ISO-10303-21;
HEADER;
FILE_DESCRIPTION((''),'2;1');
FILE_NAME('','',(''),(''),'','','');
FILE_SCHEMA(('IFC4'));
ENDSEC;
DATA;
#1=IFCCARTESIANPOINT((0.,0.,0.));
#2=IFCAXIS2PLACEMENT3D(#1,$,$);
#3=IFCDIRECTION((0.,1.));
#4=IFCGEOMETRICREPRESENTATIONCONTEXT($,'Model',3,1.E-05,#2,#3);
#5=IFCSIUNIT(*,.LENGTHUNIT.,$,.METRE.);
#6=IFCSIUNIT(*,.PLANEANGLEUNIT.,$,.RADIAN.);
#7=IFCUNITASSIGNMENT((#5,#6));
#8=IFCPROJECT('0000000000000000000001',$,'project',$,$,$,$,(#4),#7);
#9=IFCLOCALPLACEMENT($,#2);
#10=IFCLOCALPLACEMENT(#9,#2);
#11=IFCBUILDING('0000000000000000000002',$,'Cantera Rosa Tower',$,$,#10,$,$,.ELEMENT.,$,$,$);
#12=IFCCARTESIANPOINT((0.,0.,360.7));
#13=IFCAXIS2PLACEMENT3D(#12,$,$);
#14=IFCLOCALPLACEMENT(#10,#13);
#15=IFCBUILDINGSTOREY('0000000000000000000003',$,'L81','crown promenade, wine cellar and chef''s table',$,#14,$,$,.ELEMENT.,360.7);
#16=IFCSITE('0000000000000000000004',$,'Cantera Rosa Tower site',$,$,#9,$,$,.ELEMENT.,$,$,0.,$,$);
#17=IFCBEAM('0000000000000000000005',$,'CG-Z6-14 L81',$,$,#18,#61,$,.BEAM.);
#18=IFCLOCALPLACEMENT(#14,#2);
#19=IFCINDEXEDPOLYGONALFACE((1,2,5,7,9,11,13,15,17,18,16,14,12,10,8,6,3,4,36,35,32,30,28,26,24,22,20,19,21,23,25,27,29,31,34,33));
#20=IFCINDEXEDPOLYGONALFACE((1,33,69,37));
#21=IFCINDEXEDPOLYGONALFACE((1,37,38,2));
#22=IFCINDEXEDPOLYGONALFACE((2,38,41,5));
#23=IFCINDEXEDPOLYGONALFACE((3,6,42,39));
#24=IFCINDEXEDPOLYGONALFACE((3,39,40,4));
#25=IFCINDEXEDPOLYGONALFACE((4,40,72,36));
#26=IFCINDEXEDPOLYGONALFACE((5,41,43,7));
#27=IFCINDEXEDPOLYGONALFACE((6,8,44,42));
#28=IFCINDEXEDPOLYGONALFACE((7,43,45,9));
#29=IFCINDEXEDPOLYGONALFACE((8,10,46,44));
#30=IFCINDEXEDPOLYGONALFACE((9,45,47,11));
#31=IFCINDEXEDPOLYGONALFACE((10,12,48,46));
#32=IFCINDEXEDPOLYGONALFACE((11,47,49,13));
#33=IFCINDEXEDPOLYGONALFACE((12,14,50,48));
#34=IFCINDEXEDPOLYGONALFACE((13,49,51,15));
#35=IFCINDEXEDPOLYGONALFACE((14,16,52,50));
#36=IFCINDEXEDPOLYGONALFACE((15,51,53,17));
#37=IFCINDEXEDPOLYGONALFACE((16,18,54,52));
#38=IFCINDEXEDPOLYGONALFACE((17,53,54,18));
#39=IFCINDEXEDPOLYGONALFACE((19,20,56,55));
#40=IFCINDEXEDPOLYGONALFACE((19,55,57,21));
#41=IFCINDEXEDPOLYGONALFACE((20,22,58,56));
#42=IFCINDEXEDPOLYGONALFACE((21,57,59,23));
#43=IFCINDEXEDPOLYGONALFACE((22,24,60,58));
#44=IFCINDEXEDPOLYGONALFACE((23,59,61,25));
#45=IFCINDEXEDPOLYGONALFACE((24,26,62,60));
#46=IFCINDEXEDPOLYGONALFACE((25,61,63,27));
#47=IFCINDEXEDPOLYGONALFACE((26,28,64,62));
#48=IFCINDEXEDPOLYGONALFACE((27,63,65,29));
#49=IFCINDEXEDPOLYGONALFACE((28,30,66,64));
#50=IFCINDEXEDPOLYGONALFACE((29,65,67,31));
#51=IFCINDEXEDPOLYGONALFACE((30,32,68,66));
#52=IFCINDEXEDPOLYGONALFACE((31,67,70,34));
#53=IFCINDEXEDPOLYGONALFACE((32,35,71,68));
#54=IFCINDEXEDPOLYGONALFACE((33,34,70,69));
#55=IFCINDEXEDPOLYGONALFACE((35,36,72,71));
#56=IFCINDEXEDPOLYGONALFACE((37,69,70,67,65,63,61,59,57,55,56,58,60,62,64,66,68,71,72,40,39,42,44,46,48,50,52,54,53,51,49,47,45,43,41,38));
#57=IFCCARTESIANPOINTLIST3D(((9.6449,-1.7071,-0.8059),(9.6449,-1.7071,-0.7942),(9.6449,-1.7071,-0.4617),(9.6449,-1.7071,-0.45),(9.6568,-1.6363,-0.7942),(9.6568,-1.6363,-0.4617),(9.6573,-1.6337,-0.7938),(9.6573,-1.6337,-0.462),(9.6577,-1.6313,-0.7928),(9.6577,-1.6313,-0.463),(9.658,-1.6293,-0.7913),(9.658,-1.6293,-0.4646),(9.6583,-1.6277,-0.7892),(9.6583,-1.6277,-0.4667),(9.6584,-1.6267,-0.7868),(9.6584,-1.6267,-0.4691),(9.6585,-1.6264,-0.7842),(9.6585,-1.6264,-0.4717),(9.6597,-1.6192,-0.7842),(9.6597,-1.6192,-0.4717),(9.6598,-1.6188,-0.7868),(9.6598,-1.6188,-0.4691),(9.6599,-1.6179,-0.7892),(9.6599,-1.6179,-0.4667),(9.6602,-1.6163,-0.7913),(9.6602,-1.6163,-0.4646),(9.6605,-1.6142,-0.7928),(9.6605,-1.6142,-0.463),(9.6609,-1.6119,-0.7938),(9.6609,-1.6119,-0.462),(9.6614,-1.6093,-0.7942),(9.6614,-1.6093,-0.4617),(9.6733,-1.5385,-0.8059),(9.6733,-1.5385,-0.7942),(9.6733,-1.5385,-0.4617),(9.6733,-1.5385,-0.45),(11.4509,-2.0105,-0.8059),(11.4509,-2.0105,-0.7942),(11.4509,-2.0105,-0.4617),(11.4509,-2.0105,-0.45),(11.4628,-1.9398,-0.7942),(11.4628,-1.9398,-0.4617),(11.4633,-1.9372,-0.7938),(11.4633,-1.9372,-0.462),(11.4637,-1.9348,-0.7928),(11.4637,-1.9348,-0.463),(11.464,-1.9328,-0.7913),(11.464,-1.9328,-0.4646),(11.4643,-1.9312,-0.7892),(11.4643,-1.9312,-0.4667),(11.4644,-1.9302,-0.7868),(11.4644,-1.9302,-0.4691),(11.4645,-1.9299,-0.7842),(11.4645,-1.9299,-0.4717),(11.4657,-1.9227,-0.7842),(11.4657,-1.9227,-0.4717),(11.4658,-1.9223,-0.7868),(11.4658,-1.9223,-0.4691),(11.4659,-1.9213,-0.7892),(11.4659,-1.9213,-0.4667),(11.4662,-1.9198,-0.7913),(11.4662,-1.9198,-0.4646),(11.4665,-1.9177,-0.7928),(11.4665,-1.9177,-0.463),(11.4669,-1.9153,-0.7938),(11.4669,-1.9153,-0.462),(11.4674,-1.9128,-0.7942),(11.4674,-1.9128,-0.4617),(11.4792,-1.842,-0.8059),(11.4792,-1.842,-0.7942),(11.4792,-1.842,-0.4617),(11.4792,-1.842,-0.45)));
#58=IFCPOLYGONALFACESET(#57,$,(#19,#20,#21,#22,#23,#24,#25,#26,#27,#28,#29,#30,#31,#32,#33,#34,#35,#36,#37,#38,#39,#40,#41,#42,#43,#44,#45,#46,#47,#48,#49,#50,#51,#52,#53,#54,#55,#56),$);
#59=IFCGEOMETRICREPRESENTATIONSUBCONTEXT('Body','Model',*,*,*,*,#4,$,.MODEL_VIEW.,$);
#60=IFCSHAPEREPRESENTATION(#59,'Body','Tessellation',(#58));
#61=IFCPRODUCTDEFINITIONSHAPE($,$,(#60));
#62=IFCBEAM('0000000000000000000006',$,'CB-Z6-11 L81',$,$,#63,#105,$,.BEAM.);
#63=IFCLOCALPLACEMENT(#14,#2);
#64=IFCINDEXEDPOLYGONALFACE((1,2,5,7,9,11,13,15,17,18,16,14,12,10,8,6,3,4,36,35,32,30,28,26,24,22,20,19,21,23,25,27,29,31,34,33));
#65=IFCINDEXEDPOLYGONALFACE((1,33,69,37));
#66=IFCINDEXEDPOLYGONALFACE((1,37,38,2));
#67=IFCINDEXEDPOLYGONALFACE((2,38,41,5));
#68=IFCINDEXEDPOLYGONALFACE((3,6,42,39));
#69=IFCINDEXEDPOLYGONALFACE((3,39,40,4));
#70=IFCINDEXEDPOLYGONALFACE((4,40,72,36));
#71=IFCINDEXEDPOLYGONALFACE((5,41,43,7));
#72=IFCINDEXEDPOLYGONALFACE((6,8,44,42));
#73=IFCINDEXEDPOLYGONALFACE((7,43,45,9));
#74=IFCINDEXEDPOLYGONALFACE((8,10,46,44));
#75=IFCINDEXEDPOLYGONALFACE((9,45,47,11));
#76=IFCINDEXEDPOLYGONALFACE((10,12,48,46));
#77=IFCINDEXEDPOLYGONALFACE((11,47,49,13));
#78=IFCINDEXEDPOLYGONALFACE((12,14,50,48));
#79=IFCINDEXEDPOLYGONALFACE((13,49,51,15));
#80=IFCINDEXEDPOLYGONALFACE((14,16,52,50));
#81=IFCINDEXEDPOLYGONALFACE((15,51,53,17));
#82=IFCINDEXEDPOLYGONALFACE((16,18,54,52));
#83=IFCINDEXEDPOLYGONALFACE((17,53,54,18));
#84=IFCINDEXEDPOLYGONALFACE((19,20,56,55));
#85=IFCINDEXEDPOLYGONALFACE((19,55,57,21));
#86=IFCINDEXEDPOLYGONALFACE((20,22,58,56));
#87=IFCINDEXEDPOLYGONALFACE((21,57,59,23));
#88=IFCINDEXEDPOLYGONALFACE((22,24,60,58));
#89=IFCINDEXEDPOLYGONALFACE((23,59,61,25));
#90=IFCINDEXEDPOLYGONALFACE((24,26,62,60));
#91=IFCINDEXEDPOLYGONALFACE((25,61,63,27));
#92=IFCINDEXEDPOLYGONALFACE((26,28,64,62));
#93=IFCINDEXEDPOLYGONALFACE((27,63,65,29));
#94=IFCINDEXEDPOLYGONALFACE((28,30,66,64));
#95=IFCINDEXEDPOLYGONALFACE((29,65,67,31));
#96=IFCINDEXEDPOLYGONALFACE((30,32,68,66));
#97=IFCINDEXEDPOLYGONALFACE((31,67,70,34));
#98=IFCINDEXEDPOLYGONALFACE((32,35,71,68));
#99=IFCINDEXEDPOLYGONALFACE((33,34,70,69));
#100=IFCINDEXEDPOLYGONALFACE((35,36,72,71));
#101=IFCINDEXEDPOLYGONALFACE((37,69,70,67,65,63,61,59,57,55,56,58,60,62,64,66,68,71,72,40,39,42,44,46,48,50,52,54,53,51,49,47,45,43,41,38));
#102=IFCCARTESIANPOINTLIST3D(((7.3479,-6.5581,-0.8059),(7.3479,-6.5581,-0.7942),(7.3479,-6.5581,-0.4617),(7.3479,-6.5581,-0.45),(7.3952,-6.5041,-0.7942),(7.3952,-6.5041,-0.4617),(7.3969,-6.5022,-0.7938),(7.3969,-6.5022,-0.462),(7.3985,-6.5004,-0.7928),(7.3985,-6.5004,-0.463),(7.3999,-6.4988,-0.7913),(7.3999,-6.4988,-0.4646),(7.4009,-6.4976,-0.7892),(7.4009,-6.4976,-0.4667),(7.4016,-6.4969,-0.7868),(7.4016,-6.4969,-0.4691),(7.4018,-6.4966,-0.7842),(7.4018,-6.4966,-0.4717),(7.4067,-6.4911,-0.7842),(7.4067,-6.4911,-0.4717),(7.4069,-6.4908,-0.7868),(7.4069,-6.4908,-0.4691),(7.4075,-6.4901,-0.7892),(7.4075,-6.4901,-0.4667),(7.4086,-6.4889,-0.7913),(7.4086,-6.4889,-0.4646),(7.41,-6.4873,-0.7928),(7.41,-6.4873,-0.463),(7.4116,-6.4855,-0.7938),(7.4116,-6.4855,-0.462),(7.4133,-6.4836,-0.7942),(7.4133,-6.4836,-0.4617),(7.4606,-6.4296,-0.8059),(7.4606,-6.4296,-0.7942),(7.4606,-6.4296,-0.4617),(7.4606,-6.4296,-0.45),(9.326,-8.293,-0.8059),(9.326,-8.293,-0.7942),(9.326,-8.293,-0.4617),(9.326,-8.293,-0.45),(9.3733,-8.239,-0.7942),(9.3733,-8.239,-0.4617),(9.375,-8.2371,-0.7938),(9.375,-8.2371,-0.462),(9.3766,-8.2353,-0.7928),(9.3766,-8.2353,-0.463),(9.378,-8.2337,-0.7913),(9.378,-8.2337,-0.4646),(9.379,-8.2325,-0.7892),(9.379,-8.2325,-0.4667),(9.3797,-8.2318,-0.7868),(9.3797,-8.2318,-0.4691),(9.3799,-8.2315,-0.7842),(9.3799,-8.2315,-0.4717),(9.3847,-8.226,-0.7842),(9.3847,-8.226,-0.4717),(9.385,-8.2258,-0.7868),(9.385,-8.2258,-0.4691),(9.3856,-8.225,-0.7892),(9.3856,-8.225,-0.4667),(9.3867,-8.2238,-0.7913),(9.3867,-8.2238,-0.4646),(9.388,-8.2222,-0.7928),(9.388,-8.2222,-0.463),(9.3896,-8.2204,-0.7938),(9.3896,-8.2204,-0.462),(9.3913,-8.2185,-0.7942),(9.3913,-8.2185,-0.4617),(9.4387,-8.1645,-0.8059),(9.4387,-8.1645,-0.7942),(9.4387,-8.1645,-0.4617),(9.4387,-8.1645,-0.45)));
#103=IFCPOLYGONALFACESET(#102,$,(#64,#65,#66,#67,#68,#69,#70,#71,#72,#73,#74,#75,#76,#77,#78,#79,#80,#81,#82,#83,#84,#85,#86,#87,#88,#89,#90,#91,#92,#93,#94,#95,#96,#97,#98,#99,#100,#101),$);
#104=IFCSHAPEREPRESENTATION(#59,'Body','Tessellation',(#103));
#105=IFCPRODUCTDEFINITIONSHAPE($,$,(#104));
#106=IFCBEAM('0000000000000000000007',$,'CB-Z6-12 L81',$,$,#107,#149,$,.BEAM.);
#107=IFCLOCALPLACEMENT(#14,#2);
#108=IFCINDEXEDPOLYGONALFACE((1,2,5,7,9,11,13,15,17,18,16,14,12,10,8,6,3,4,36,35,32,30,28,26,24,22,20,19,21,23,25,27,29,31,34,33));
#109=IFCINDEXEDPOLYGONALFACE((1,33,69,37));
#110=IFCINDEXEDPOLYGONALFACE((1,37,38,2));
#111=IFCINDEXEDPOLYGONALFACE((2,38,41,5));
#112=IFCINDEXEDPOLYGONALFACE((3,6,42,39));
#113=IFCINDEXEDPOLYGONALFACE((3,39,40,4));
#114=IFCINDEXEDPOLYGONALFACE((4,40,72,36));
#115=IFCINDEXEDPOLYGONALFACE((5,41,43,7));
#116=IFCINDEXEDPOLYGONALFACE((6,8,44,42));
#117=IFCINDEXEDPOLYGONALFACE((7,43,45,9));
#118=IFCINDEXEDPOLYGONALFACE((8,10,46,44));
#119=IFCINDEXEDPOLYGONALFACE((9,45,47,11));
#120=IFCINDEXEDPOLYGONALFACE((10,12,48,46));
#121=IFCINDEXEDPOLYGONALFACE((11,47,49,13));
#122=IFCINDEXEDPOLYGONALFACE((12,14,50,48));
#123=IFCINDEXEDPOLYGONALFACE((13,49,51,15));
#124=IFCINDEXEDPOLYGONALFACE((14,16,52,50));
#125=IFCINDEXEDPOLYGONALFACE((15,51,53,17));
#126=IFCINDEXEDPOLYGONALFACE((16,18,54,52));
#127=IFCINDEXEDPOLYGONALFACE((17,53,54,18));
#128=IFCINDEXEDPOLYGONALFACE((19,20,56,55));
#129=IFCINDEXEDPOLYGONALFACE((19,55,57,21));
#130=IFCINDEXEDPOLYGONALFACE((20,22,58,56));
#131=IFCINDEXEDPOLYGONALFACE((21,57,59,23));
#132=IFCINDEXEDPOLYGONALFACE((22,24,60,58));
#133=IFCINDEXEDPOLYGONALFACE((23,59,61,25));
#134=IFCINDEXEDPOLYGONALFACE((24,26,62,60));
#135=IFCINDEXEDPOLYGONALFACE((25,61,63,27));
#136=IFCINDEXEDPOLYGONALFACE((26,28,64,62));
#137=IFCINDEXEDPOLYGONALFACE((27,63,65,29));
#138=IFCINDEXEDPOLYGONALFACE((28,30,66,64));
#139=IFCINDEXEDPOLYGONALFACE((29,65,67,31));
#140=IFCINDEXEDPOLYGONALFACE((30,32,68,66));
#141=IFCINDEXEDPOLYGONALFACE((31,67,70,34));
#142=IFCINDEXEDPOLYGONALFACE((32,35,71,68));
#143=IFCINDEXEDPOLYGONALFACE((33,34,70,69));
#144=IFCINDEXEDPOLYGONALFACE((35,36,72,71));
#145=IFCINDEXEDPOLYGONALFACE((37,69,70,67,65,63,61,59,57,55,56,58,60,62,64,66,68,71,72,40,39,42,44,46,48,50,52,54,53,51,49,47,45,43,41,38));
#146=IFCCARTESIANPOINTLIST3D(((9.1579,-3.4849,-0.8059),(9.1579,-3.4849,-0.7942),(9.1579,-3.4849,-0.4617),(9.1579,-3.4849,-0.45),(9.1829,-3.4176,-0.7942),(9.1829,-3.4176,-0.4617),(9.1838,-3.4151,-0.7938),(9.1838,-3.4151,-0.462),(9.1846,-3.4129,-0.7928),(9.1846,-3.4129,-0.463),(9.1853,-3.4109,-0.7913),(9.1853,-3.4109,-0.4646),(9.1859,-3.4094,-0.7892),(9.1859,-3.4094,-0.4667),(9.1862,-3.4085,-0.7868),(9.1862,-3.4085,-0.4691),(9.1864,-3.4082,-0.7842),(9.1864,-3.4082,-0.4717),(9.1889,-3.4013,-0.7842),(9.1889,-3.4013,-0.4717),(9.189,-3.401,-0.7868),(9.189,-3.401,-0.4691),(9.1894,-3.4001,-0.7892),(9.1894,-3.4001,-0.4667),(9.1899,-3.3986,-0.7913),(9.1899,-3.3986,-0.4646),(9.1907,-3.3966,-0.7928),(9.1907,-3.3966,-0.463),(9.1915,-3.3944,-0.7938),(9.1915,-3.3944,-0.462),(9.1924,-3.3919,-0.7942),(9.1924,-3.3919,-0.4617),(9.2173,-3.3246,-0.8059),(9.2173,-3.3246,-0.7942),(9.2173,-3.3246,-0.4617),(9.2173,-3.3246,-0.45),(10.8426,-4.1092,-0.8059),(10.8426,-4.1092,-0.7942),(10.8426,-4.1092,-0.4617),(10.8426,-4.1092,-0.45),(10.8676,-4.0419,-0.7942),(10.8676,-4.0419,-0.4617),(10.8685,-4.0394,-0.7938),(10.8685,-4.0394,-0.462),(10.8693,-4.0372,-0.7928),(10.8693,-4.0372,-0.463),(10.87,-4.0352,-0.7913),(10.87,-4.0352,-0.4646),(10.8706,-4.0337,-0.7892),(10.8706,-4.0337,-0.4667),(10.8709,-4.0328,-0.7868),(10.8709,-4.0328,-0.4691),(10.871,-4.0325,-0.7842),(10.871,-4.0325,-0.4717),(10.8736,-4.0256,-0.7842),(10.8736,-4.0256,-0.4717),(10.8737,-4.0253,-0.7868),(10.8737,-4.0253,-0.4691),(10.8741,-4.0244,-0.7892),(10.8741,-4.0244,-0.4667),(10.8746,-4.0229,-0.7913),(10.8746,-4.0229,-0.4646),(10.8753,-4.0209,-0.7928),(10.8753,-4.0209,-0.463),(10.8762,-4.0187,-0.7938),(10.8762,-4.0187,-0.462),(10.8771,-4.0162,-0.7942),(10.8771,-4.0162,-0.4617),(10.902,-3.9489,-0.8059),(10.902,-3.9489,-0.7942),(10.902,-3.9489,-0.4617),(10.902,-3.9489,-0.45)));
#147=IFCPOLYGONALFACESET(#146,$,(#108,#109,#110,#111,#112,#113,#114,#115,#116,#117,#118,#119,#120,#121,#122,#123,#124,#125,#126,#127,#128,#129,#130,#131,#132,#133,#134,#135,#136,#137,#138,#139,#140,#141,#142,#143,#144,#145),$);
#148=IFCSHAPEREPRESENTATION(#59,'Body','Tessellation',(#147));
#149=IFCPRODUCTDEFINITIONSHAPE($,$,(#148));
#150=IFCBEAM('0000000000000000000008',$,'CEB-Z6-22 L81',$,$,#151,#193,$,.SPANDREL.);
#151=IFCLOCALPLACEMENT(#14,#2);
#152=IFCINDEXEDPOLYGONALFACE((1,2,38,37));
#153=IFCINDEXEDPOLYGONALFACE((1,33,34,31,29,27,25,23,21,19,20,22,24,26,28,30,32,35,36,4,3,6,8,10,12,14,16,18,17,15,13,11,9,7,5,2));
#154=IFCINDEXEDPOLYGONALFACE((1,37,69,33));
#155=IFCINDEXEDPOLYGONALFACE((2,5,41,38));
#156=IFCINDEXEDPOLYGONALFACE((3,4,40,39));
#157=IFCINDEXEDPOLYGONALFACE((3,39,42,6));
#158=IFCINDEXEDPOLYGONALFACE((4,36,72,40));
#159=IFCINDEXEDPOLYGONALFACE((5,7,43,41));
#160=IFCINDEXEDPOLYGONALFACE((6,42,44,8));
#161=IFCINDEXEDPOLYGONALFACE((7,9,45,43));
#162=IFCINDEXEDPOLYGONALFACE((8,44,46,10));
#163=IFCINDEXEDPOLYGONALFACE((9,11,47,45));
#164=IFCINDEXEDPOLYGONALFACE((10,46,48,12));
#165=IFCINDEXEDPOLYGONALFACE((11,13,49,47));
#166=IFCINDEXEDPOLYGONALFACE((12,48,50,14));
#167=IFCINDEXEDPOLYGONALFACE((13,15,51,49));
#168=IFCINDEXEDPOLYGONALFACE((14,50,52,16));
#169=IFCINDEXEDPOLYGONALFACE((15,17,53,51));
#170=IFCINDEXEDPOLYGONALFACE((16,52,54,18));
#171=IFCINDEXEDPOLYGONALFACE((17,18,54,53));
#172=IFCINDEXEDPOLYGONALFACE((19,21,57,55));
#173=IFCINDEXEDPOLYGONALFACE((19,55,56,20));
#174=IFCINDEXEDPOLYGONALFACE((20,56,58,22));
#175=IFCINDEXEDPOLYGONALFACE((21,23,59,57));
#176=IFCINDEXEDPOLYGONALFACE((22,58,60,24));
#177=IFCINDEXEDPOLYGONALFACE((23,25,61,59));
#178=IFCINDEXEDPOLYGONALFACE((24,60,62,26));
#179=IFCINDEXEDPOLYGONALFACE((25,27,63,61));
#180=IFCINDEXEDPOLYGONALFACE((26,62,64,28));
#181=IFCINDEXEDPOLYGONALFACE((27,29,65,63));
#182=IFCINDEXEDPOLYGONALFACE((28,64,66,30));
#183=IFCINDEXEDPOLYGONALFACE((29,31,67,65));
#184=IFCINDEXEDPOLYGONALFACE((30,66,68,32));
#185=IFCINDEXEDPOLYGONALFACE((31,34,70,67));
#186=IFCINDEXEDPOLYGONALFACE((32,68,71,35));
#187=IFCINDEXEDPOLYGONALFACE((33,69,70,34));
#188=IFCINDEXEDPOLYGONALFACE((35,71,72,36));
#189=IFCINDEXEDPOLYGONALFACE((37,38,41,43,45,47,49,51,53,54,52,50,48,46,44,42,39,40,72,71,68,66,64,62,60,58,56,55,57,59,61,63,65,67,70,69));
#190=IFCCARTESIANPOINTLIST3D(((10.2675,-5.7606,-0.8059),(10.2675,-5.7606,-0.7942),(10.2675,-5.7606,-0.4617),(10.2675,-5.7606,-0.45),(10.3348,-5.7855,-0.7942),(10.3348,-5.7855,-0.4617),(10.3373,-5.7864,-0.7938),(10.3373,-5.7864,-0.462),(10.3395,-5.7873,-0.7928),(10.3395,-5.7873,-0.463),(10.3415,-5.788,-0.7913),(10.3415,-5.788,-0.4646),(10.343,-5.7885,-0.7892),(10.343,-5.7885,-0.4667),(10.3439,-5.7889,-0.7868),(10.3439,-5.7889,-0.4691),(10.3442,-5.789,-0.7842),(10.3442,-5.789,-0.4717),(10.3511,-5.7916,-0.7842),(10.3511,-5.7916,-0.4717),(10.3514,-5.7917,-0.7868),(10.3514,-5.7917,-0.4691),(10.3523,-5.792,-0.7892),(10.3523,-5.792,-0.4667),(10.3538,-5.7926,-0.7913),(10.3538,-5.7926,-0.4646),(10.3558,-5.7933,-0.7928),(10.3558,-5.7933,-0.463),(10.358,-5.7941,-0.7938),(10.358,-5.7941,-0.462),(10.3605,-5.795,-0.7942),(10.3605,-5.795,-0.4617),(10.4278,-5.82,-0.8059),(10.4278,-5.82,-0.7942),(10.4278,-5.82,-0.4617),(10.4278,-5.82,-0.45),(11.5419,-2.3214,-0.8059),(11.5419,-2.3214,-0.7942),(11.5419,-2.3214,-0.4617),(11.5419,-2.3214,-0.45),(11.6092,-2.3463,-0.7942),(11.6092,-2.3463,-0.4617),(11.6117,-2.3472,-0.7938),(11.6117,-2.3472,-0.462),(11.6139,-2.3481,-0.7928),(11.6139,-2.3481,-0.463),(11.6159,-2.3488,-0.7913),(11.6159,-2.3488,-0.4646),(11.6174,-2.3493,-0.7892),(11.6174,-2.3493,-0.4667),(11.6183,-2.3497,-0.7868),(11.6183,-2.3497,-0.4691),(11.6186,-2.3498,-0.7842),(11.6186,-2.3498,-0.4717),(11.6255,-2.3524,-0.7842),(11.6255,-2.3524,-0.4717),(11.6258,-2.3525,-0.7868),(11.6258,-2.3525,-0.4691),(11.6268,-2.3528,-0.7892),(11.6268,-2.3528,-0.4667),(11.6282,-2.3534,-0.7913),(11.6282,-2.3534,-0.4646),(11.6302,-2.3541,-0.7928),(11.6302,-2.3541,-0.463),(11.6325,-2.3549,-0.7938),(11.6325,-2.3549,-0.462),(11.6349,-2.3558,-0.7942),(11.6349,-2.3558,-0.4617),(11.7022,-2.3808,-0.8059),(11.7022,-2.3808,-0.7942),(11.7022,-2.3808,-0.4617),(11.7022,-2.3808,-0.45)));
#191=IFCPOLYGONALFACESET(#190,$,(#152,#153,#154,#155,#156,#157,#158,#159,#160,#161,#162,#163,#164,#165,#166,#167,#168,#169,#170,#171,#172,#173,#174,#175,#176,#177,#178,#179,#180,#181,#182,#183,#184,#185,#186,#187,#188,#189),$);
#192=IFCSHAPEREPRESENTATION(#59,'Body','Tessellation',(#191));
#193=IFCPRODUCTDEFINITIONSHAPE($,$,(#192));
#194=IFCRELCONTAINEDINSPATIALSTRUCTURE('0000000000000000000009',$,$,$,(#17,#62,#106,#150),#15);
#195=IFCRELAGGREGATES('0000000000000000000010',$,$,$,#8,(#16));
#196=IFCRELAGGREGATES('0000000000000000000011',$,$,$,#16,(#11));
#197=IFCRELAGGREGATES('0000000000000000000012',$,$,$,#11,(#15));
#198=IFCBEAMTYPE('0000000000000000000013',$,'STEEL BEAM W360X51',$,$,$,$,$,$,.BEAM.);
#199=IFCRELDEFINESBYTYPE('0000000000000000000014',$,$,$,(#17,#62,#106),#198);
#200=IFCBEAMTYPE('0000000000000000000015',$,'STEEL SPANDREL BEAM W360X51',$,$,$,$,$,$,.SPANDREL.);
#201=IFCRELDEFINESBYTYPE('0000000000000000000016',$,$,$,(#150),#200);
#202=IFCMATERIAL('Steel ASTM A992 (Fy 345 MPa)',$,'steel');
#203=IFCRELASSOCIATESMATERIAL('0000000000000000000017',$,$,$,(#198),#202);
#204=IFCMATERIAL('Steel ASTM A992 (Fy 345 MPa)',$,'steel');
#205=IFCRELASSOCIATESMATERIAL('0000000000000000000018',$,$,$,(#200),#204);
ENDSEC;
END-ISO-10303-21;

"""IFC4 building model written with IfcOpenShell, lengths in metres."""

from ifc_helpers import new_model, si_unit, direction, frame, origin, origin_2d, place, context, subcontext, project, spatial, i_section, extrude, material, material_profile, profile_set, type_object, element, save


model = new_model("IFC4")

# Units and contexts
model_context = context("Model", 3, precision=1e-05, world=origin(), true_north=direction((0.0, 1.0)))
body_context = subcontext(model_context, "Body", "Model", "MODEL_VIEW")
ifc_project = project(units=[si_unit("LENGTHUNIT", "METRE"), si_unit("PLANEANGLEUNIT", "RADIAN")], contexts=[model_context])

# Site, building, storey
site_placement = place(None, origin())
site = spatial("IfcSite", under=ifc_project, at=site_placement, Name="Cantera Rosa Tower site", CompositionType="ELEMENT", RefElevation=0.0)
building_placement = place(site_placement, origin())
building = spatial("IfcBuilding", under=site, at=building_placement, Name="Cantera Rosa Tower", CompositionType="ELEMENT")
storey_placement = place(building_placement, frame((0.0, 0.0, 360.7)))
storey = spatial("IfcBuildingStorey", under=building, at=storey_placement, Name="L81", Description="crown promenade, wine cellar and chef's table", CompositionType="ELEMENT", Elevation=360.7)

# Beams
ifc_material_1 = material(Name="Steel ASTM A992 (Fy 345 MPa)", Category="steel")
ifc_material_profile_1 = material_profile(ifc_material_1, i_section(OverallWidth=0.1709, OverallDepth=0.356, WebThickness=0.0073, FlangeThickness=0.0117, FilletRadius=0.01, at=origin_2d()), Name="W360X51")
ifc_profile_set_1 = profile_set([ifc_material_profile_1], Name="Steel ASTM A992 (Fy 345 MPa)")
beam_type_1 = type_object("IfcBeamType", Name="STEEL BEAM W360X51", PredefinedType="BEAM", material=ifc_profile_set_1)
beam_1_placement = place(storey_placement, frame((11.4651, -1.9263, -0.6279), z_axis=(-0.986173, 0.165718, 0.0), x_axis=(-0.165718, -0.986173, 0.0)))
element("IfcBeam", 1, at=beam_1_placement, inside=storey, type_object=beam_type_1, Name="CG-Z6-14 L81", PredefinedType="BEAM", context=body_context, shape_type="SweptSolid", body=[
    extrude(i_section(OverallWidth=0.1709, OverallDepth=0.356, WebThickness=0.0073, FlangeThickness=0.0117, FilletRadius=0.01, at=origin_2d()), origin(), (0.0, 0.0, 1.0), 1.8313),
])
beam_2_placement = place(storey_placement, frame((9.3823, -8.2288, -0.6279), z_axis=(-0.751806, 0.659384, 0.0), x_axis=(-0.659384, -0.751806, 0.0)))
element("IfcBeam", 2, at=beam_2_placement, inside=storey, type_object=beam_type_1, Name="CB-Z6-11 L81", PredefinedType="BEAM", context=body_context, shape_type="SweptSolid", body=[
    extrude(i_section(OverallWidth=0.1709, OverallDepth=0.356, WebThickness=0.0073, FlangeThickness=0.0117, FilletRadius=0.01, at=origin_2d()), origin(), (0.0, 0.0, 1.0), 2.6311),
])
beam_3_placement = place(storey_placement, frame((10.8723, -4.0291, -0.6279), z_axis=(-0.937685, 0.347487, 0.0), x_axis=(-0.347487, -0.937685, 0.0)))
element("IfcBeam", 3, at=beam_3_placement, inside=storey, type_object=beam_type_1, Name="CB-Z6-12 L81", PredefinedType="BEAM", context=body_context, shape_type="SweptSolid", body=[
    extrude(i_section(OverallWidth=0.1709, OverallDepth=0.356, WebThickness=0.0073, FlangeThickness=0.0117, FilletRadius=0.01, at=origin_2d()), origin(), (0.0, 0.0, 1.0), 1.7966),
])
ifc_material_2 = material(Name="Steel ASTM A992 (Fy 345 MPa)", Category="steel")
ifc_material_profile_2 = material_profile(ifc_material_2, i_section(OverallWidth=0.1709, OverallDepth=0.356, WebThickness=0.0073, FlangeThickness=0.0117, FilletRadius=0.01, at=origin_2d()), Name="W360X51")
ifc_profile_set_2 = profile_set([ifc_material_profile_2], Name="Steel ASTM A992 (Fy 345 MPa)")
beam_type_2 = type_object("IfcBeamType", Name="STEEL SPANDREL BEAM W360X51", PredefinedType="SPANDREL", material=ifc_profile_set_2)
beam_4_placement = place(storey_placement, frame((10.3477, -5.7903, -0.6279), z_axis=(0.347466, 0.937693, 0.0), x_axis=(-0.937693, 0.347466, 0.0)))
element("IfcBeam", 4, at=beam_4_placement, inside=storey, type_object=beam_type_2, Name="CEB-Z6-22 L81", PredefinedType="SPANDREL", context=body_context, shape_type="SweptSolid", body=[
    extrude(i_section(OverallWidth=0.1709, OverallDepth=0.356, WebThickness=0.0073, FlangeThickness=0.0117, FilletRadius=0.01, at=origin_2d()), origin(), (0.0, 0.0, 1.0), 3.6677),
])

save(model, "model.ifc")
